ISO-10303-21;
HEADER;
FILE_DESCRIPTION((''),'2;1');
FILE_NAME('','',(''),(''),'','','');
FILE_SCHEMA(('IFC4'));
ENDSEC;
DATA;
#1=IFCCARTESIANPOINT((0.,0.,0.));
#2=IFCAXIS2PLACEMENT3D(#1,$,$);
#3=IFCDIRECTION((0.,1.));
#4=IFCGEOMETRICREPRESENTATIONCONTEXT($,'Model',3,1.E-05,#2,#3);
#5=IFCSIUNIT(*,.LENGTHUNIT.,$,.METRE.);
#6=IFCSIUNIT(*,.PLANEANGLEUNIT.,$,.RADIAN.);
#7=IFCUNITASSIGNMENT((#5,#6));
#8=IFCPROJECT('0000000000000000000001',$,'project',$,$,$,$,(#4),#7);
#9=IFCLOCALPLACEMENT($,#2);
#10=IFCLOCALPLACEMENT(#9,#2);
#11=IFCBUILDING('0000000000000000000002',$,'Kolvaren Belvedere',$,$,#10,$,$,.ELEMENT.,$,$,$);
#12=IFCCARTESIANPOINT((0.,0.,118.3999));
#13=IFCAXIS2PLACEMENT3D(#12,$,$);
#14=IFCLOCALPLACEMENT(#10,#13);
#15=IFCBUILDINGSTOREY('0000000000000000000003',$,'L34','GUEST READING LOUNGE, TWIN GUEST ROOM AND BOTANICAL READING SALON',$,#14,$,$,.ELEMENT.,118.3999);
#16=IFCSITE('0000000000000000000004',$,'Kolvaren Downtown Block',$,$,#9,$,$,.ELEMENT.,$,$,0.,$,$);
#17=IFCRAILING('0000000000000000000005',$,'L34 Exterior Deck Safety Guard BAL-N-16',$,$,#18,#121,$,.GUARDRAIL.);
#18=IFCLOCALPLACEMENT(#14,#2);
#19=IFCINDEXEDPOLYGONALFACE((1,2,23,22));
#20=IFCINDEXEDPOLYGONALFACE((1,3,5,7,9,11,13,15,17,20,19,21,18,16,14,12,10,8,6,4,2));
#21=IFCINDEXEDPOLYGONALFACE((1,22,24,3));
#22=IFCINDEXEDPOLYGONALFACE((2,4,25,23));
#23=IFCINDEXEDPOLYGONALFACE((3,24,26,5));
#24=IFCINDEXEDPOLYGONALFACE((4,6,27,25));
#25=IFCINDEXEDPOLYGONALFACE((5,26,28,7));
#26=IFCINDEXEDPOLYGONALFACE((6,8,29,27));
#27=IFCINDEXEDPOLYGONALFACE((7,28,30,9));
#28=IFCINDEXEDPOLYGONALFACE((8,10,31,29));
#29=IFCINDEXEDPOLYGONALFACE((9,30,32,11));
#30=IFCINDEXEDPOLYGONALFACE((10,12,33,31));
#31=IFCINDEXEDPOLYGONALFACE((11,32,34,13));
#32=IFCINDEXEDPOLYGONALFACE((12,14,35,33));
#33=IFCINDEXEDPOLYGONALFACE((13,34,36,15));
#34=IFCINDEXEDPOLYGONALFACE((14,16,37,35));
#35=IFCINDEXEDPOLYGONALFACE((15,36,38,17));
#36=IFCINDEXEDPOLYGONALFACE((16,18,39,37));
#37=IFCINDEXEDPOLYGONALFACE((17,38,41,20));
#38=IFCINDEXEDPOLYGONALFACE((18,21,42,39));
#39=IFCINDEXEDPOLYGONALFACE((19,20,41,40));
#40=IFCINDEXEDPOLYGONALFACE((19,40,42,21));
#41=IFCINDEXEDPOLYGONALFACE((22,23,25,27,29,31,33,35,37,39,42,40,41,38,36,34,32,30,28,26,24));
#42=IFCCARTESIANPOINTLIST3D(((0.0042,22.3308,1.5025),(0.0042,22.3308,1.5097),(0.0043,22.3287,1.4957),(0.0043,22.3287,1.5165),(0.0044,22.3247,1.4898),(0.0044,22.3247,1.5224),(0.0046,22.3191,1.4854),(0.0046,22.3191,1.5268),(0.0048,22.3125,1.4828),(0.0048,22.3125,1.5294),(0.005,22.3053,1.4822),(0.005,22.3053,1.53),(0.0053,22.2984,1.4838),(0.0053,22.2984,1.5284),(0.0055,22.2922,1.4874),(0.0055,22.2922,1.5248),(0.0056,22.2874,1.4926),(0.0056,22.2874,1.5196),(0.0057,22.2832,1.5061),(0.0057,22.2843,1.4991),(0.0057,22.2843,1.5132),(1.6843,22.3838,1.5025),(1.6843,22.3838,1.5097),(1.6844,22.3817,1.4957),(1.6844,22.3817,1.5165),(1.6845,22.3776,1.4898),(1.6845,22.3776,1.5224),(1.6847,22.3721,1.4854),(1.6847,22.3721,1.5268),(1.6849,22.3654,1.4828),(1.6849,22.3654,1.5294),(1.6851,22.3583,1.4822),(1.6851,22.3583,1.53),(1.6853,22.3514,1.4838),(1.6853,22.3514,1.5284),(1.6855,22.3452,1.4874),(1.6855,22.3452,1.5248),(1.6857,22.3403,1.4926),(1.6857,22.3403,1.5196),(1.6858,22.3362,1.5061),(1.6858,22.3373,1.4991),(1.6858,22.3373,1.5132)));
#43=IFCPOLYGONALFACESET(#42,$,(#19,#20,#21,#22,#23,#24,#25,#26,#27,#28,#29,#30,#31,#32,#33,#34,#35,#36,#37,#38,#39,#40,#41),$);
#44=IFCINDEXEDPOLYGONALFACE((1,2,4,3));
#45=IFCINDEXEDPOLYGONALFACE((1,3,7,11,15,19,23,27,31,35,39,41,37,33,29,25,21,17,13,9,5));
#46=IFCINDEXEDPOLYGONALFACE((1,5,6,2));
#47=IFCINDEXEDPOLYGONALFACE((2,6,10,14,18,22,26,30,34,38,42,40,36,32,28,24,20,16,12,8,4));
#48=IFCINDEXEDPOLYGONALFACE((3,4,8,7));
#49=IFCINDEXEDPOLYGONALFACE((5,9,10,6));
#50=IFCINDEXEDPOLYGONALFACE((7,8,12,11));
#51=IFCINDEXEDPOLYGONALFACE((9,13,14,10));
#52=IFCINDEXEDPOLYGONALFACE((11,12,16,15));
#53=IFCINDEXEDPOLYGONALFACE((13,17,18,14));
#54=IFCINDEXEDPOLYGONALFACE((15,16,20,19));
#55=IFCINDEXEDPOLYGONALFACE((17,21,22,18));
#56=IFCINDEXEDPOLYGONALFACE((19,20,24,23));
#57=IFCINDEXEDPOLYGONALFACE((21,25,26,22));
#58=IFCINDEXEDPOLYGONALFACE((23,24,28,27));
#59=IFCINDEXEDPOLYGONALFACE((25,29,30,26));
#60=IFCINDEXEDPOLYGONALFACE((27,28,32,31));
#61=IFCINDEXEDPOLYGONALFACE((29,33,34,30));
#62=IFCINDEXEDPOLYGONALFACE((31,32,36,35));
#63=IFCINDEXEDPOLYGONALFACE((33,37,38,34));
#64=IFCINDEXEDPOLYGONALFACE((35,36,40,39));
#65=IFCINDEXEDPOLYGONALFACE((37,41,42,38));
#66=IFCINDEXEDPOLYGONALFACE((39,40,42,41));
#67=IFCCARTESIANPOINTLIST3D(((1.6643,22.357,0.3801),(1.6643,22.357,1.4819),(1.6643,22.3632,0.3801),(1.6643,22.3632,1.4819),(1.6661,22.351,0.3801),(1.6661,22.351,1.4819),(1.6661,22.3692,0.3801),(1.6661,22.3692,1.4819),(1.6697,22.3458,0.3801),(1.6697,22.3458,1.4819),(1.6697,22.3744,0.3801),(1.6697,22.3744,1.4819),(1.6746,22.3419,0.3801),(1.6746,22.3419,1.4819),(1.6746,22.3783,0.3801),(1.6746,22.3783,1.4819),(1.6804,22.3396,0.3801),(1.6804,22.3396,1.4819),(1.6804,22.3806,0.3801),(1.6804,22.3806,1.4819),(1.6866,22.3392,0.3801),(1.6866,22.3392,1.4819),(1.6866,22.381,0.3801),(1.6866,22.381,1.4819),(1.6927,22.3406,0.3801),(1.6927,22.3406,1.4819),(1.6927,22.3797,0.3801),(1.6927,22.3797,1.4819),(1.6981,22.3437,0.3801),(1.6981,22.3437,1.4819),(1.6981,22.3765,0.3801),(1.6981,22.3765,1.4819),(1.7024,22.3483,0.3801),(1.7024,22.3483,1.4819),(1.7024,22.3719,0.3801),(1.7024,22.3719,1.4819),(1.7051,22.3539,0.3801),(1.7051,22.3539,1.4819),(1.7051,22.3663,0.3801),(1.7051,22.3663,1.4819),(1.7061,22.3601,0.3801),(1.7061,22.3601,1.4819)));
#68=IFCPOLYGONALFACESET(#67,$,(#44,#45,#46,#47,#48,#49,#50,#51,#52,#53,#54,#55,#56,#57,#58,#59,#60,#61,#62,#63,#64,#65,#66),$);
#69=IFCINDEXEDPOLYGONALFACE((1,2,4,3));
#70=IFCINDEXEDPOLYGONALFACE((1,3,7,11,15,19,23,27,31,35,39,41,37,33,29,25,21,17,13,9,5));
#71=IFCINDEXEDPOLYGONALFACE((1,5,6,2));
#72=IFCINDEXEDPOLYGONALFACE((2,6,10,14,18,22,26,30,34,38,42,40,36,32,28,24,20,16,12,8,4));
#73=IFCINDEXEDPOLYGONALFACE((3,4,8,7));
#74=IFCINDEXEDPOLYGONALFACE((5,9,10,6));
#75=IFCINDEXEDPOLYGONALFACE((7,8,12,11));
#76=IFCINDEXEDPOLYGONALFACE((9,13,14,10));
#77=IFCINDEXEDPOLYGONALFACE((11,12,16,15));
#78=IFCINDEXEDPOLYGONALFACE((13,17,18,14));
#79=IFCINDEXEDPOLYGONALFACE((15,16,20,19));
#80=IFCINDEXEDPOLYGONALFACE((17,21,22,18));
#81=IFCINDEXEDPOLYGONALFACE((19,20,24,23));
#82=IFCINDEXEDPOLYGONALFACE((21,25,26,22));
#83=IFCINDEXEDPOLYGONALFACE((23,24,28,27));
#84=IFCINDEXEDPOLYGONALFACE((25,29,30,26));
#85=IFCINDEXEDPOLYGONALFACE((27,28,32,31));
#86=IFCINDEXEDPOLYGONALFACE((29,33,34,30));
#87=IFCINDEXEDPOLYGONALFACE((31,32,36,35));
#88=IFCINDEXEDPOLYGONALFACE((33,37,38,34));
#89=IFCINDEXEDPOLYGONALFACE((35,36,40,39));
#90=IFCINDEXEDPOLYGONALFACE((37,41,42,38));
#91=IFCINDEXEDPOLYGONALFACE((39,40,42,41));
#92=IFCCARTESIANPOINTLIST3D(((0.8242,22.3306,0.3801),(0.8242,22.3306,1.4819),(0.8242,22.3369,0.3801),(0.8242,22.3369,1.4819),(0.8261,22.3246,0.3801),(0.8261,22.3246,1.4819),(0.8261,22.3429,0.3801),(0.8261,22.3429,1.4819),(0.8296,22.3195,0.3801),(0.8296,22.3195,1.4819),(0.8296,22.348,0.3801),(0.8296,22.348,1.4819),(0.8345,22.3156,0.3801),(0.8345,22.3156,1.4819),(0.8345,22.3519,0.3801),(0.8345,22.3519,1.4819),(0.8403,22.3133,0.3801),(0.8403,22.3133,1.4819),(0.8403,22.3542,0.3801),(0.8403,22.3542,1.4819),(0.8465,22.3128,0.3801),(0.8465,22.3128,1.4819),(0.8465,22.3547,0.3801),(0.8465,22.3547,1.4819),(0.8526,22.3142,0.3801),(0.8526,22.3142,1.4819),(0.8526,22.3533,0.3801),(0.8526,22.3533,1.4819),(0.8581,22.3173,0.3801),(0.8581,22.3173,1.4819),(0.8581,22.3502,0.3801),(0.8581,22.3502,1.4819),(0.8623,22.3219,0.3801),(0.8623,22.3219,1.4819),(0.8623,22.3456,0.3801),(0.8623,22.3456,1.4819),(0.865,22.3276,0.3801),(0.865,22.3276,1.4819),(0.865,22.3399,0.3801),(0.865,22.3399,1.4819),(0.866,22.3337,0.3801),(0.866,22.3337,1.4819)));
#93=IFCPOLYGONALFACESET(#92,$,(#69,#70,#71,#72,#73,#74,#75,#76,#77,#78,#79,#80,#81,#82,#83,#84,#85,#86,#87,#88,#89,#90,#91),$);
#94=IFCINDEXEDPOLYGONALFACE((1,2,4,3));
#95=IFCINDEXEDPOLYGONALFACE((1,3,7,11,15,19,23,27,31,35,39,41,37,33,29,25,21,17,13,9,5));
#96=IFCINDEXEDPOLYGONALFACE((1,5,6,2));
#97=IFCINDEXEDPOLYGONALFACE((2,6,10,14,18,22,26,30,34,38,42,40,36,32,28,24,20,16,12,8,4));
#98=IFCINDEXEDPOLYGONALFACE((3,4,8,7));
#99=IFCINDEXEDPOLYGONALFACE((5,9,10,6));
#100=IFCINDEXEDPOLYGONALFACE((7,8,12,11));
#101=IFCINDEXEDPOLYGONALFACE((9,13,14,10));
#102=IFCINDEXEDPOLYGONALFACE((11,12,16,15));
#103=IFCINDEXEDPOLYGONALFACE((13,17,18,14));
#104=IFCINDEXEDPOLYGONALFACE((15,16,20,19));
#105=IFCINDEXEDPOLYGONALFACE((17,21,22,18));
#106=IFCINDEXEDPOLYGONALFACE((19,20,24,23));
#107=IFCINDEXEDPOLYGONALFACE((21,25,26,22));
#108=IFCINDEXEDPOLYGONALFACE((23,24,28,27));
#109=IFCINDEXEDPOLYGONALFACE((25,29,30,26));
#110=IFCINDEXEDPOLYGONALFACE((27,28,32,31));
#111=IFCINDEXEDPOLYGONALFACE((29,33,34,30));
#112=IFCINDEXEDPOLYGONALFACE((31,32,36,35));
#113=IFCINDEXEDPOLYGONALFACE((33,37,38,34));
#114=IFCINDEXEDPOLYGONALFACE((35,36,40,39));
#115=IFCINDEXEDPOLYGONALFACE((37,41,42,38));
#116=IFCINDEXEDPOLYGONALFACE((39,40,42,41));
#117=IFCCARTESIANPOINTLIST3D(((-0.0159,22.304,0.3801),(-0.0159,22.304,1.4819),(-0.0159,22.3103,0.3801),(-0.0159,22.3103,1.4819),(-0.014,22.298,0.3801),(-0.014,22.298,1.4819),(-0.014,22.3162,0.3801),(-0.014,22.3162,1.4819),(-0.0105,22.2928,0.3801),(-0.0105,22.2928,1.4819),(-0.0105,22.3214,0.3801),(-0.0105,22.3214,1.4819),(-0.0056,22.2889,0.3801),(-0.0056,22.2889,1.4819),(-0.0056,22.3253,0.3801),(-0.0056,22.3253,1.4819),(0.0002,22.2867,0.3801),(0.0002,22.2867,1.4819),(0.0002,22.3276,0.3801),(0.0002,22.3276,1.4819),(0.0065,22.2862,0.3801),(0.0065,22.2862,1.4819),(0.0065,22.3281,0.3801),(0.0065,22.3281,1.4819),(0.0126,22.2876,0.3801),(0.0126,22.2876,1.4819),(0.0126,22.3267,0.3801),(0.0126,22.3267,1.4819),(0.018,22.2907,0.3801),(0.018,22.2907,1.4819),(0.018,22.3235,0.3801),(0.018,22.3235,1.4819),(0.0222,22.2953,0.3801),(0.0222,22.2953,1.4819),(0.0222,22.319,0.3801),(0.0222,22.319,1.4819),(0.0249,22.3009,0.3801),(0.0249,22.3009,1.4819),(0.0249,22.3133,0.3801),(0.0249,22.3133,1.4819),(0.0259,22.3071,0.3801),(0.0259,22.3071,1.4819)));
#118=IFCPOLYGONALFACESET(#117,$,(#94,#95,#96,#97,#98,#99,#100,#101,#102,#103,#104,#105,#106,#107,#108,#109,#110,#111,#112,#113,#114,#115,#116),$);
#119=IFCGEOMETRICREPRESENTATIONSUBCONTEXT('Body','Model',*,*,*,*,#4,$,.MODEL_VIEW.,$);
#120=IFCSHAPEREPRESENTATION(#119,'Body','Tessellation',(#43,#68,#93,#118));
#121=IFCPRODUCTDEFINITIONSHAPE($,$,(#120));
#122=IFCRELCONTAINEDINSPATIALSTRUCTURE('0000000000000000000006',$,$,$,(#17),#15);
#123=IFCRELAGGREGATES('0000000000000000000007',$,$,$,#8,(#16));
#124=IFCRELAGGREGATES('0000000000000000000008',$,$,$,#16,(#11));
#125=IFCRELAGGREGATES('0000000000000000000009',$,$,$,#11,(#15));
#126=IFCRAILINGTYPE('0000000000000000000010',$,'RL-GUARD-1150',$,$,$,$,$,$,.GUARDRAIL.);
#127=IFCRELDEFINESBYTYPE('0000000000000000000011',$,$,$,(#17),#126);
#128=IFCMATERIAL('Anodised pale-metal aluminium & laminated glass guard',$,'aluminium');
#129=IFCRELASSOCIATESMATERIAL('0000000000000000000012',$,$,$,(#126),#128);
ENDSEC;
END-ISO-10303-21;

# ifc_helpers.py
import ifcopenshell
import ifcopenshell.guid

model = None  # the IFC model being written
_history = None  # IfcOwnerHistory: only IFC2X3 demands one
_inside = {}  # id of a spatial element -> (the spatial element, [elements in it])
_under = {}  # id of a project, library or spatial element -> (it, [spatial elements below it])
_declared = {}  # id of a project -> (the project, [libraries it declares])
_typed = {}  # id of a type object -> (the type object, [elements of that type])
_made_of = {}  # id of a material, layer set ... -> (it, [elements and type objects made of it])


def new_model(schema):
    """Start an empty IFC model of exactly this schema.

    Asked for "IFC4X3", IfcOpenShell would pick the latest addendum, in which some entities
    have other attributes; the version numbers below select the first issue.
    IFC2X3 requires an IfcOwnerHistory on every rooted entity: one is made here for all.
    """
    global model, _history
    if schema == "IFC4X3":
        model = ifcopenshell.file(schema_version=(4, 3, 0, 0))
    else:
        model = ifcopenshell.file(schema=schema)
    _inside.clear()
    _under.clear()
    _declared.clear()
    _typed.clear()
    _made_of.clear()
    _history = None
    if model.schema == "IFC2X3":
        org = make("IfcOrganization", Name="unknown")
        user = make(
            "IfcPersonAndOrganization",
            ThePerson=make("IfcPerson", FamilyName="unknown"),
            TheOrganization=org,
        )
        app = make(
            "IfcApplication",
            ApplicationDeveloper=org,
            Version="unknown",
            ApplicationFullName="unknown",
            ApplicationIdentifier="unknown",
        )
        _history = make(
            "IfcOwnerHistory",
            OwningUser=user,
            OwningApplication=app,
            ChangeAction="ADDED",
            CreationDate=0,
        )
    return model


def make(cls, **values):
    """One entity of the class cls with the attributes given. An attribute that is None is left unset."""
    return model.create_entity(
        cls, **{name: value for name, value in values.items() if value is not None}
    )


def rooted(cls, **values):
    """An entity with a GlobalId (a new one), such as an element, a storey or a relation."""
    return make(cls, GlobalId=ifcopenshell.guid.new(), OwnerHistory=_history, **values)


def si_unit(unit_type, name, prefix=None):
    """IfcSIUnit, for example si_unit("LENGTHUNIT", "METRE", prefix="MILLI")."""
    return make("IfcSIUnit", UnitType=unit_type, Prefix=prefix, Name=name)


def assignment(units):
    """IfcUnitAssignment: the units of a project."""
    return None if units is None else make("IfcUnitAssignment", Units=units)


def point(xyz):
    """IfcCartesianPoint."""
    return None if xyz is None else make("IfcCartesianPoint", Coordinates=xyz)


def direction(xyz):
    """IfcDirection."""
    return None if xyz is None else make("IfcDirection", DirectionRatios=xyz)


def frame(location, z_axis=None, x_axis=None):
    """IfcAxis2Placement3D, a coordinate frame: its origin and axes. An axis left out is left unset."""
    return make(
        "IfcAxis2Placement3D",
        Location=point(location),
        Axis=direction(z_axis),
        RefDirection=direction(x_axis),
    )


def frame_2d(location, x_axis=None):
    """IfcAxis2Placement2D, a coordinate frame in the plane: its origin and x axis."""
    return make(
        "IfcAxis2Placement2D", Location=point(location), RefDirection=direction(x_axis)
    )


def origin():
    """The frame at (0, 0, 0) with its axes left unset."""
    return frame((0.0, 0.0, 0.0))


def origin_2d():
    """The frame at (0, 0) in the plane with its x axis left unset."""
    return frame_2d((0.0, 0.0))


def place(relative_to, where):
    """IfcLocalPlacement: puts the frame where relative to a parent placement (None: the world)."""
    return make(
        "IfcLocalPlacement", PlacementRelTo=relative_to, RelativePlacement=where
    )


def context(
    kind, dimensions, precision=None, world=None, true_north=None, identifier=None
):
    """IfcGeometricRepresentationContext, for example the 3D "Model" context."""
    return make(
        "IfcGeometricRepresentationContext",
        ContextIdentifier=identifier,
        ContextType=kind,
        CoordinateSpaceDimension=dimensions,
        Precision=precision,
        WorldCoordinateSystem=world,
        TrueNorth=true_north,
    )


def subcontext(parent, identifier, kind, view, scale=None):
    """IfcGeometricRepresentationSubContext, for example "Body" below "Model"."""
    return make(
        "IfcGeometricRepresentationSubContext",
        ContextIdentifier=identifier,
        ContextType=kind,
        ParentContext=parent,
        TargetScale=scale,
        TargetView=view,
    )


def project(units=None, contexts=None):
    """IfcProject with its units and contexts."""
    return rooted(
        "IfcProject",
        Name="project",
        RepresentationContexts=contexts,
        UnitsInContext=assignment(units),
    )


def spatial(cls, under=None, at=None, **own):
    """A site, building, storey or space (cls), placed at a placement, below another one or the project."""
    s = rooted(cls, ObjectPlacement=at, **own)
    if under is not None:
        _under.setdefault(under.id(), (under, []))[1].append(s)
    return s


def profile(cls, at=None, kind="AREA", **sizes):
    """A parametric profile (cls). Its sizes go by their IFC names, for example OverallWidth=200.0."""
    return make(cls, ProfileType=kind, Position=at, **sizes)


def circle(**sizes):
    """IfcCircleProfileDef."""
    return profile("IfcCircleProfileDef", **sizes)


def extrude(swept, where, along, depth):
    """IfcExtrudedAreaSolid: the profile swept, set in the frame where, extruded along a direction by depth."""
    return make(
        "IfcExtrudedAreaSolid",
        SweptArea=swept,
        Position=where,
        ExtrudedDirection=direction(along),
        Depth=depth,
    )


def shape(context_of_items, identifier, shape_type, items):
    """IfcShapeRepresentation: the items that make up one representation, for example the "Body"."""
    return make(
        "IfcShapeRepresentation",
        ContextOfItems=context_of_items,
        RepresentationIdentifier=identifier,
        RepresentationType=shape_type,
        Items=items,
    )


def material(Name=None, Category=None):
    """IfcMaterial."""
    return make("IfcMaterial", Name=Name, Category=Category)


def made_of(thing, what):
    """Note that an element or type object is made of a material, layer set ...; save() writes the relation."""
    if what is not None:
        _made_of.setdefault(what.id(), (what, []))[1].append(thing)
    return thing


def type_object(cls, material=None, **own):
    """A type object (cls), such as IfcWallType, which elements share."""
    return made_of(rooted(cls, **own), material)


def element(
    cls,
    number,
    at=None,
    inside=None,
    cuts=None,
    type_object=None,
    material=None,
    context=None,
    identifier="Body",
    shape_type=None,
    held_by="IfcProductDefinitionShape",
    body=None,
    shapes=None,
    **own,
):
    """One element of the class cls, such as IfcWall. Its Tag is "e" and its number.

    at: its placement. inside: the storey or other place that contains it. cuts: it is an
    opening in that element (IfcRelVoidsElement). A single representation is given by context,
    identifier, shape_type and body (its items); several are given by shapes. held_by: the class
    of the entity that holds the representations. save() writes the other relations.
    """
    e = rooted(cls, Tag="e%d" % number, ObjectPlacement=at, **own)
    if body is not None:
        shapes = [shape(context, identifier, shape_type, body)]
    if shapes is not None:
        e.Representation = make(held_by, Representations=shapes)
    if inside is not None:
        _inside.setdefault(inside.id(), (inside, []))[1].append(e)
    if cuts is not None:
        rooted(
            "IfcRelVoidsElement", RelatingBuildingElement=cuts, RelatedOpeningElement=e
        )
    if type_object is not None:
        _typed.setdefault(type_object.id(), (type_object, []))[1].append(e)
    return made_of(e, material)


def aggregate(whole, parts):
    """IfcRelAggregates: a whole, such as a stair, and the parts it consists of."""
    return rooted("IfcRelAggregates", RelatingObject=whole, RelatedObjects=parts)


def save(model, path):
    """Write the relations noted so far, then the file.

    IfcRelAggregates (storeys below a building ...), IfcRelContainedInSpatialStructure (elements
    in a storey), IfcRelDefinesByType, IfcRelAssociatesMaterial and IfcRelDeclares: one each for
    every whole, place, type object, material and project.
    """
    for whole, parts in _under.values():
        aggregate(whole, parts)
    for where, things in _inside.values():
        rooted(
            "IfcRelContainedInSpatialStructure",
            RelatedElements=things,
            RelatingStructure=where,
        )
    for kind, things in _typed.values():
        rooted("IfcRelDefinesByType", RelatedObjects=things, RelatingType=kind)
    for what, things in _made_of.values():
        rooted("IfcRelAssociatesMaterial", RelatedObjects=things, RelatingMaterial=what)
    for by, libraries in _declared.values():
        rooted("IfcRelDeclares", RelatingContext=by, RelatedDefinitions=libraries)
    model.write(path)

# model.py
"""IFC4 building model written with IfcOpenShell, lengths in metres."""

from ifc_helpers import new_model, si_unit, direction, frame, origin, origin_2d, place, context, subcontext, project, spatial, circle, extrude, material, type_object, element, save


model = new_model("IFC4")

# Units and contexts
model_context = context("Model", 3, precision=1e-05, world=origin(), true_north=direction((0.0, 1.0)))
body_context = subcontext(model_context, "Body", "Model", "MODEL_VIEW")
ifc_project = project(units=[si_unit("LENGTHUNIT", "METRE"), si_unit("PLANEANGLEUNIT", "RADIAN")], contexts=[model_context])

# Site, building, storey
site_placement = place(None, origin())
site = spatial("IfcSite", under=ifc_project, at=site_placement, Name="Kolvaren Downtown Block", CompositionType="ELEMENT", RefElevation=0.0)
building_placement = place(site_placement, origin())
building = spatial("IfcBuilding", under=site, at=building_placement, Name="Kolvaren Belvedere", CompositionType="ELEMENT")
storey_placement = place(building_placement, frame((0.0, 0.0, 118.3999)))
storey = spatial("IfcBuildingStorey", under=building, at=storey_placement, Name="L34", Description="GUEST READING LOUNGE, TWIN GUEST ROOM AND BOTANICAL READING SALON", CompositionType="ELEMENT", Elevation=118.3999)

# Railing
ifc_material_1 = material(Name="Anodised pale-metal aluminium & laminated glass guard", Category="aluminium")
railing_type = type_object("IfcRailingType", Name="RL-GUARD-1150", PredefinedType="GUARDRAIL", material=ifc_material_1)
railing_1_placement = place(storey_placement, frame((1.6851, 22.3601, 0.3801)))
element("IfcRailing", 1, at=railing_1_placement, inside=storey, type_object=railing_type, Name="L34 Exterior Deck Safety Guard BAL-N-16", PredefinedType="GUARDRAIL", context=body_context, shape_type="SweptSolid", body=[
    extrude(circle(Radius=0.0239, at=origin_2d()), frame((0.0, 0.0, 1.126), z_axis=(-0.999503, -0.031516, 0.0), x_axis=(0.031516, -0.999503, 0.0)), (0.0, 0.0, 1.0), 1.6809),
    extrude(circle(Radius=0.021, at=origin_2d()), origin(), (0.0, 0.0, 1.0), 1.1018),
    extrude(circle(Radius=0.021, at=origin_2d()), frame((-0.8401, -0.0264, 0.0)), (0.0, 0.0, 1.0), 1.1018),
    extrude(circle(Radius=0.021, at=origin_2d()), frame((-1.6802, -0.053, 0.0)), (0.0, 0.0, 1.0), 1.1018),
])

save(model, "model.ifc")
